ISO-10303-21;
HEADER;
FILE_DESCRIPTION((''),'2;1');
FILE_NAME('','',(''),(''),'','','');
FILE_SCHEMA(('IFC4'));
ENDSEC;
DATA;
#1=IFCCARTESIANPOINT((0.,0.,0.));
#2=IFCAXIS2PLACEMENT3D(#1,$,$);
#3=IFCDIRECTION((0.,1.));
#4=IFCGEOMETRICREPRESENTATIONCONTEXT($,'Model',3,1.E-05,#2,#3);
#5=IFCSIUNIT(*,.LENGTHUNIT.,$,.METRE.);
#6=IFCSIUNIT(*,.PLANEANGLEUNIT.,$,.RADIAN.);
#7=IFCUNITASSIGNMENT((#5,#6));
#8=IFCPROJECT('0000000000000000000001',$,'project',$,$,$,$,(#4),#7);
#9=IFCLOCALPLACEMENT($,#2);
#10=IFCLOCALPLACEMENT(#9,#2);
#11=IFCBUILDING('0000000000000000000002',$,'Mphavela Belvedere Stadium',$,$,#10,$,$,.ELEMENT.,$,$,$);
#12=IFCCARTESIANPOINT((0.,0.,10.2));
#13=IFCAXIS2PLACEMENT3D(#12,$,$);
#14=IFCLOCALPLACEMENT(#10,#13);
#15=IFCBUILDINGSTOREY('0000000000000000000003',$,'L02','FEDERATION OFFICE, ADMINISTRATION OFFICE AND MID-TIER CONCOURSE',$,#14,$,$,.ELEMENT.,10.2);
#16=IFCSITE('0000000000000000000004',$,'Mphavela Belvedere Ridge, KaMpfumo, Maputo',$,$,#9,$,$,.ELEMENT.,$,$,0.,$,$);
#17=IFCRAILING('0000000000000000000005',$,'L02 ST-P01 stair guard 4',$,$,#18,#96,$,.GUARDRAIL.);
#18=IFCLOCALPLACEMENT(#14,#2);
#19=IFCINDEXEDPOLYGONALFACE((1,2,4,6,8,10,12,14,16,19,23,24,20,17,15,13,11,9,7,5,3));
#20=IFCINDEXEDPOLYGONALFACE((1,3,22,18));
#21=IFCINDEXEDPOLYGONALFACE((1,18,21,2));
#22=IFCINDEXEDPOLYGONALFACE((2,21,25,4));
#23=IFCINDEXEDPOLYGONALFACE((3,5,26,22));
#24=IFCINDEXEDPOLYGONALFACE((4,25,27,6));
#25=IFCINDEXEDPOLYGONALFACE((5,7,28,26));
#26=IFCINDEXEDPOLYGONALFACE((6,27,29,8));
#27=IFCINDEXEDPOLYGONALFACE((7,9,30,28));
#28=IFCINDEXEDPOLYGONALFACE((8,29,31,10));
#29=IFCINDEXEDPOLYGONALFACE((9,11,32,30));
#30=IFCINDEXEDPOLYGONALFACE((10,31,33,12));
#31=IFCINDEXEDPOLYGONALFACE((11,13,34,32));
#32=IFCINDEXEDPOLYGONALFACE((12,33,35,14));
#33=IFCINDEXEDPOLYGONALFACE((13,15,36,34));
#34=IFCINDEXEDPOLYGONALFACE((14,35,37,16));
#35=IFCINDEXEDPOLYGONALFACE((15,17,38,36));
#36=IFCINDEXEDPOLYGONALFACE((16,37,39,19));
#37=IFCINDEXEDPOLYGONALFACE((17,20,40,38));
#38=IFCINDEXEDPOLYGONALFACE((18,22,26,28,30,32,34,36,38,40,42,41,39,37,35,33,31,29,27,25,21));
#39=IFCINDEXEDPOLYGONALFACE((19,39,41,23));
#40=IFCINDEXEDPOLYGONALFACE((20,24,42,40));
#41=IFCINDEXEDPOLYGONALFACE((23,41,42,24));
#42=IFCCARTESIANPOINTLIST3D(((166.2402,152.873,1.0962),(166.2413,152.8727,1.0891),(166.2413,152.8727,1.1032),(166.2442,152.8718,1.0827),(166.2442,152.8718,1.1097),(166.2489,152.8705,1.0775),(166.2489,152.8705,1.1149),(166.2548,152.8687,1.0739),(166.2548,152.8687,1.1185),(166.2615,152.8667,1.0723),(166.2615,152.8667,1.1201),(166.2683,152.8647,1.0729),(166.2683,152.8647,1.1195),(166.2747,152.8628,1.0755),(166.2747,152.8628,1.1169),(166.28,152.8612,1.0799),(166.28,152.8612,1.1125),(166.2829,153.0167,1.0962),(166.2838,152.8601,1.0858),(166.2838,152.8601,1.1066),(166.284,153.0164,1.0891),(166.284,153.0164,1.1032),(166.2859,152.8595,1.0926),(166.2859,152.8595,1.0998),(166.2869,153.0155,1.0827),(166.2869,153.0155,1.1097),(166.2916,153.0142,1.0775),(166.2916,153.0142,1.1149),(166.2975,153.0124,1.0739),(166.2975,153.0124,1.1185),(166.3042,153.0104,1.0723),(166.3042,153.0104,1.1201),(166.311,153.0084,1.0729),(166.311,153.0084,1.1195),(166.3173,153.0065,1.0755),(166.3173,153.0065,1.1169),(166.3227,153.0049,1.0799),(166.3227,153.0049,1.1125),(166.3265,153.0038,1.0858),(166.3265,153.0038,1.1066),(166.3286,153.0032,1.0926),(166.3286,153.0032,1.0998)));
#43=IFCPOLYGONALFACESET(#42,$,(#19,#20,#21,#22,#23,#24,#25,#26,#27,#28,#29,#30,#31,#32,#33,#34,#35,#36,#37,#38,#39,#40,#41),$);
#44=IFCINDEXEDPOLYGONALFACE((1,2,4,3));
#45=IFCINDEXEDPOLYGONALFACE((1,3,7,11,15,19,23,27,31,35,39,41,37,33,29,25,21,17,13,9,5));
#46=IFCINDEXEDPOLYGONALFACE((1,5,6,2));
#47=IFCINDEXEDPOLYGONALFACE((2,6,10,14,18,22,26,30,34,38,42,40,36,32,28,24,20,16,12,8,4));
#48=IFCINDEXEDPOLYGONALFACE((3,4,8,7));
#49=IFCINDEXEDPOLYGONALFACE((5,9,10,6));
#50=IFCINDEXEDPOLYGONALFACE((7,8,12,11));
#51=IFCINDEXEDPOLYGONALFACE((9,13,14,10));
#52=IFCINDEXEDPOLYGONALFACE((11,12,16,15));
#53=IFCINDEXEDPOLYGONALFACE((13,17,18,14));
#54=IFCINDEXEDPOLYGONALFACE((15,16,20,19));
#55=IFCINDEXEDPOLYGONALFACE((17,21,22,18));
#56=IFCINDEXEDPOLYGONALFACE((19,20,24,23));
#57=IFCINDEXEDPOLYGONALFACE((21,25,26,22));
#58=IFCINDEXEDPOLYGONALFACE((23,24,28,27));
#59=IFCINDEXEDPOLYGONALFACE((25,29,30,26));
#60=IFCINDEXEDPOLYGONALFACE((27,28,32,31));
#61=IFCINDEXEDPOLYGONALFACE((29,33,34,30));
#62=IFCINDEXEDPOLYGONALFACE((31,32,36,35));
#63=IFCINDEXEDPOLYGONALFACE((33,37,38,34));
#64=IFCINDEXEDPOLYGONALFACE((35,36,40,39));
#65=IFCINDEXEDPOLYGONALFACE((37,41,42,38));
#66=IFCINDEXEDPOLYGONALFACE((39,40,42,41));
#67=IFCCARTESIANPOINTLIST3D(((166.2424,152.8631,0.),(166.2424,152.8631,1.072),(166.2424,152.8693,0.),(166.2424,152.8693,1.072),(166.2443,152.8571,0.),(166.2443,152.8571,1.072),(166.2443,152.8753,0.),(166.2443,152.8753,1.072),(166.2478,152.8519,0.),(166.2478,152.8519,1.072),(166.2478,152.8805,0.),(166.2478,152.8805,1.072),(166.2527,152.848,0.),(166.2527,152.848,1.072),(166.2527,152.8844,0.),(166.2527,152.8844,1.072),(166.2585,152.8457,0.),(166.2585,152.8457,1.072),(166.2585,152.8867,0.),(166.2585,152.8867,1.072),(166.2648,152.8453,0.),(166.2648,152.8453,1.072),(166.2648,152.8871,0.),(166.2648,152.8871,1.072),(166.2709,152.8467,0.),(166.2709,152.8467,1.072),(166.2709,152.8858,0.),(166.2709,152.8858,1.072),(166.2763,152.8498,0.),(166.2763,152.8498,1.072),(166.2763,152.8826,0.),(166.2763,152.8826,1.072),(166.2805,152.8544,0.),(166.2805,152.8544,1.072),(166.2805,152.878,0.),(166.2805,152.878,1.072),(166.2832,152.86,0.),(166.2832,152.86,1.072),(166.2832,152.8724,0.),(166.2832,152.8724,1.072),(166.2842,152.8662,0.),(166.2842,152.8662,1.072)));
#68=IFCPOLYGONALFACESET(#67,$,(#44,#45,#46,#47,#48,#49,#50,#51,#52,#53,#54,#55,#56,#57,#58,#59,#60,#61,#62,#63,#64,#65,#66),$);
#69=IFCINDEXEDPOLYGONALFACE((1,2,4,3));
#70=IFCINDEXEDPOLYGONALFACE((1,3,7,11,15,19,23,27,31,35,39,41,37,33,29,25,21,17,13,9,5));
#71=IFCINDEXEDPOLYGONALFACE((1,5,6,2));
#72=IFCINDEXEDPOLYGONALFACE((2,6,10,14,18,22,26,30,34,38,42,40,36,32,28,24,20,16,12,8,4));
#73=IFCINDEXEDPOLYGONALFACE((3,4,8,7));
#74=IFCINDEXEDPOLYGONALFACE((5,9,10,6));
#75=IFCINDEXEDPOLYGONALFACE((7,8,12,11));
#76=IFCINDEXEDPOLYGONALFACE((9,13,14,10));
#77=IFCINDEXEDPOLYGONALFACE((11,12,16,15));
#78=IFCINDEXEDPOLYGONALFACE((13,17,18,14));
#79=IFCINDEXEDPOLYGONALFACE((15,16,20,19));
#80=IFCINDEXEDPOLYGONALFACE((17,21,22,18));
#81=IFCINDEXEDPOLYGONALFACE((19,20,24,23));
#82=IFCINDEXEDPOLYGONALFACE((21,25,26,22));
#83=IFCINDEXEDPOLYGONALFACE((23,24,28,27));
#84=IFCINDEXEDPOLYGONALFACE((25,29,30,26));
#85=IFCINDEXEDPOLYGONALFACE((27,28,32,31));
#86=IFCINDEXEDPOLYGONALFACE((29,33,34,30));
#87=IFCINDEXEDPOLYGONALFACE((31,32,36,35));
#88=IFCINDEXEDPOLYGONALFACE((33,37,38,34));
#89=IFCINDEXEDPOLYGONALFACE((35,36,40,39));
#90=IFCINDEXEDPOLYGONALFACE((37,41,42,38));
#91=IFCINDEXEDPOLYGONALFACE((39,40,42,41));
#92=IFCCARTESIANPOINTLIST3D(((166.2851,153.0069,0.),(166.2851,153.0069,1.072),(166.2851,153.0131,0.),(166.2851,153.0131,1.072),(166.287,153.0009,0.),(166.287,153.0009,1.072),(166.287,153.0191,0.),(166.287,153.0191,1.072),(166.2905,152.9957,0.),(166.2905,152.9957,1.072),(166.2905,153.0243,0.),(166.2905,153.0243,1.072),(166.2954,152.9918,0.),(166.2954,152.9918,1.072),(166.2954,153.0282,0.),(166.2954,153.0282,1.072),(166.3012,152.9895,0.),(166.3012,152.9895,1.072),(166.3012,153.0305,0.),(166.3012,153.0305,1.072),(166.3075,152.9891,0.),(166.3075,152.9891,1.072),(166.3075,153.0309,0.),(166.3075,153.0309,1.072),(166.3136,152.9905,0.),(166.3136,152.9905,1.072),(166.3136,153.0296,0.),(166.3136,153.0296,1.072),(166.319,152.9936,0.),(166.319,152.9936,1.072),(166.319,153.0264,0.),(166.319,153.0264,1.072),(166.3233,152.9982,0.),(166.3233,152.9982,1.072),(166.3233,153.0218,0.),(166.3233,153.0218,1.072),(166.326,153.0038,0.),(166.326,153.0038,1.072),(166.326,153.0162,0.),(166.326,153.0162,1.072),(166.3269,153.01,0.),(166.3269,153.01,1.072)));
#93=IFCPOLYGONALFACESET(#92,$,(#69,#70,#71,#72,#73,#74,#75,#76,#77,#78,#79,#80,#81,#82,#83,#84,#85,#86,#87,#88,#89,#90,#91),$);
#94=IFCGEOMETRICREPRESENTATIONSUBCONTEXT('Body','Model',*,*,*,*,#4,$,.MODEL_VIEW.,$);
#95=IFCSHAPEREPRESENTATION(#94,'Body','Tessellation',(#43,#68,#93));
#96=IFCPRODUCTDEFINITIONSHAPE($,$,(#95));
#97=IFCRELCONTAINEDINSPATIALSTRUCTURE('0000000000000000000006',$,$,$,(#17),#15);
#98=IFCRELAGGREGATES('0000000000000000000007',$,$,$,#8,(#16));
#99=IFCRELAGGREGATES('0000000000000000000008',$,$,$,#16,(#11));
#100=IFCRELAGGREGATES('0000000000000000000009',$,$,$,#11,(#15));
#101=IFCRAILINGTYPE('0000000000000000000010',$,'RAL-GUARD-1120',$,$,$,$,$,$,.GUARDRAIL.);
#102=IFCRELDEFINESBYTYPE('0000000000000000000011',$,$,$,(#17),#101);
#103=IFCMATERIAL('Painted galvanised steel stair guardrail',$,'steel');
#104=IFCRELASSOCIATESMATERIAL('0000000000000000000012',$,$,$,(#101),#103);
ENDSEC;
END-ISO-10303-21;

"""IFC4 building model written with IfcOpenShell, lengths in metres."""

from ifc_helpers import new_model, si_unit, direction, frame, origin, origin_2d, place, context, subcontext, project, spatial, circle, extrude, material, type_object, element, save


model = new_model("IFC4")

# Units and contexts
model_context = context("Model", 3, precision=1e-05, world=origin(), true_north=direction((0.0, 1.0)))
body_context = subcontext(model_context, "Body", "Model", "MODEL_VIEW")
ifc_project = project(units=[si_unit("LENGTHUNIT", "METRE"), si_unit("PLANEANGLEUNIT", "RADIAN")], contexts=[model_context])

# Site, building, storey
site_placement = place(None, origin())
site = spatial("IfcSite", under=ifc_project, at=site_placement, Name="Mphavela Belvedere Ridge, KaMpfumo, Maputo", CompositionType="ELEMENT", RefElevation=0.0)
building_placement = place(site_placement, origin())
building = spatial("IfcBuilding", under=site, at=building_placement, Name="Mphavela Belvedere Stadium", CompositionType="ELEMENT")
storey_placement = place(building_placement, frame((0.0, 0.0, 10.2)))
storey = spatial("IfcBuildingStorey", under=building, at=storey_placement, Name="L02", Description="FEDERATION OFFICE, ADMINISTRATION OFFICE AND MID-TIER CONCOURSE", CompositionType="ELEMENT", Elevation=10.2)

# Railing
ifc_material_1 = material(Name="Painted galvanised steel stair guardrail", Category="steel")
railing_type_1 = type_object("IfcRailingType", Name="RAL-GUARD-1120", PredefinedType="GUARDRAIL", material=ifc_material_1)
railing_1_placement = place(storey_placement, frame((166.2632, 152.8662, 0.0)))
element("IfcRailing", 1, at=railing_1_placement, inside=storey, type_object=railing_type_1, Name="L02 ST-P01 stair guard 4", PredefinedType="GUARDRAIL", context=body_context, shape_type="SweptSolid", body=[
    extrude(circle(Radius=0.0239, at=origin_2d()), frame((0.0, 0.0, 1.0962), z_axis=(0.284809, 0.958584, 0.0), x_axis=(-0.958584, 0.284809, 0.0)), (0.0, 0.0, 1.0), 0.1499),
    extrude(circle(Radius=0.021, at=origin_2d()), origin(), (0.0, 0.0, 1.0), 1.072),
    extrude(circle(Radius=0.021, at=origin_2d()), frame((0.0427, 0.1438, 0.0)), (0.0, 0.0, 1.0), 1.072),
])

save(model, "model.ifc")
